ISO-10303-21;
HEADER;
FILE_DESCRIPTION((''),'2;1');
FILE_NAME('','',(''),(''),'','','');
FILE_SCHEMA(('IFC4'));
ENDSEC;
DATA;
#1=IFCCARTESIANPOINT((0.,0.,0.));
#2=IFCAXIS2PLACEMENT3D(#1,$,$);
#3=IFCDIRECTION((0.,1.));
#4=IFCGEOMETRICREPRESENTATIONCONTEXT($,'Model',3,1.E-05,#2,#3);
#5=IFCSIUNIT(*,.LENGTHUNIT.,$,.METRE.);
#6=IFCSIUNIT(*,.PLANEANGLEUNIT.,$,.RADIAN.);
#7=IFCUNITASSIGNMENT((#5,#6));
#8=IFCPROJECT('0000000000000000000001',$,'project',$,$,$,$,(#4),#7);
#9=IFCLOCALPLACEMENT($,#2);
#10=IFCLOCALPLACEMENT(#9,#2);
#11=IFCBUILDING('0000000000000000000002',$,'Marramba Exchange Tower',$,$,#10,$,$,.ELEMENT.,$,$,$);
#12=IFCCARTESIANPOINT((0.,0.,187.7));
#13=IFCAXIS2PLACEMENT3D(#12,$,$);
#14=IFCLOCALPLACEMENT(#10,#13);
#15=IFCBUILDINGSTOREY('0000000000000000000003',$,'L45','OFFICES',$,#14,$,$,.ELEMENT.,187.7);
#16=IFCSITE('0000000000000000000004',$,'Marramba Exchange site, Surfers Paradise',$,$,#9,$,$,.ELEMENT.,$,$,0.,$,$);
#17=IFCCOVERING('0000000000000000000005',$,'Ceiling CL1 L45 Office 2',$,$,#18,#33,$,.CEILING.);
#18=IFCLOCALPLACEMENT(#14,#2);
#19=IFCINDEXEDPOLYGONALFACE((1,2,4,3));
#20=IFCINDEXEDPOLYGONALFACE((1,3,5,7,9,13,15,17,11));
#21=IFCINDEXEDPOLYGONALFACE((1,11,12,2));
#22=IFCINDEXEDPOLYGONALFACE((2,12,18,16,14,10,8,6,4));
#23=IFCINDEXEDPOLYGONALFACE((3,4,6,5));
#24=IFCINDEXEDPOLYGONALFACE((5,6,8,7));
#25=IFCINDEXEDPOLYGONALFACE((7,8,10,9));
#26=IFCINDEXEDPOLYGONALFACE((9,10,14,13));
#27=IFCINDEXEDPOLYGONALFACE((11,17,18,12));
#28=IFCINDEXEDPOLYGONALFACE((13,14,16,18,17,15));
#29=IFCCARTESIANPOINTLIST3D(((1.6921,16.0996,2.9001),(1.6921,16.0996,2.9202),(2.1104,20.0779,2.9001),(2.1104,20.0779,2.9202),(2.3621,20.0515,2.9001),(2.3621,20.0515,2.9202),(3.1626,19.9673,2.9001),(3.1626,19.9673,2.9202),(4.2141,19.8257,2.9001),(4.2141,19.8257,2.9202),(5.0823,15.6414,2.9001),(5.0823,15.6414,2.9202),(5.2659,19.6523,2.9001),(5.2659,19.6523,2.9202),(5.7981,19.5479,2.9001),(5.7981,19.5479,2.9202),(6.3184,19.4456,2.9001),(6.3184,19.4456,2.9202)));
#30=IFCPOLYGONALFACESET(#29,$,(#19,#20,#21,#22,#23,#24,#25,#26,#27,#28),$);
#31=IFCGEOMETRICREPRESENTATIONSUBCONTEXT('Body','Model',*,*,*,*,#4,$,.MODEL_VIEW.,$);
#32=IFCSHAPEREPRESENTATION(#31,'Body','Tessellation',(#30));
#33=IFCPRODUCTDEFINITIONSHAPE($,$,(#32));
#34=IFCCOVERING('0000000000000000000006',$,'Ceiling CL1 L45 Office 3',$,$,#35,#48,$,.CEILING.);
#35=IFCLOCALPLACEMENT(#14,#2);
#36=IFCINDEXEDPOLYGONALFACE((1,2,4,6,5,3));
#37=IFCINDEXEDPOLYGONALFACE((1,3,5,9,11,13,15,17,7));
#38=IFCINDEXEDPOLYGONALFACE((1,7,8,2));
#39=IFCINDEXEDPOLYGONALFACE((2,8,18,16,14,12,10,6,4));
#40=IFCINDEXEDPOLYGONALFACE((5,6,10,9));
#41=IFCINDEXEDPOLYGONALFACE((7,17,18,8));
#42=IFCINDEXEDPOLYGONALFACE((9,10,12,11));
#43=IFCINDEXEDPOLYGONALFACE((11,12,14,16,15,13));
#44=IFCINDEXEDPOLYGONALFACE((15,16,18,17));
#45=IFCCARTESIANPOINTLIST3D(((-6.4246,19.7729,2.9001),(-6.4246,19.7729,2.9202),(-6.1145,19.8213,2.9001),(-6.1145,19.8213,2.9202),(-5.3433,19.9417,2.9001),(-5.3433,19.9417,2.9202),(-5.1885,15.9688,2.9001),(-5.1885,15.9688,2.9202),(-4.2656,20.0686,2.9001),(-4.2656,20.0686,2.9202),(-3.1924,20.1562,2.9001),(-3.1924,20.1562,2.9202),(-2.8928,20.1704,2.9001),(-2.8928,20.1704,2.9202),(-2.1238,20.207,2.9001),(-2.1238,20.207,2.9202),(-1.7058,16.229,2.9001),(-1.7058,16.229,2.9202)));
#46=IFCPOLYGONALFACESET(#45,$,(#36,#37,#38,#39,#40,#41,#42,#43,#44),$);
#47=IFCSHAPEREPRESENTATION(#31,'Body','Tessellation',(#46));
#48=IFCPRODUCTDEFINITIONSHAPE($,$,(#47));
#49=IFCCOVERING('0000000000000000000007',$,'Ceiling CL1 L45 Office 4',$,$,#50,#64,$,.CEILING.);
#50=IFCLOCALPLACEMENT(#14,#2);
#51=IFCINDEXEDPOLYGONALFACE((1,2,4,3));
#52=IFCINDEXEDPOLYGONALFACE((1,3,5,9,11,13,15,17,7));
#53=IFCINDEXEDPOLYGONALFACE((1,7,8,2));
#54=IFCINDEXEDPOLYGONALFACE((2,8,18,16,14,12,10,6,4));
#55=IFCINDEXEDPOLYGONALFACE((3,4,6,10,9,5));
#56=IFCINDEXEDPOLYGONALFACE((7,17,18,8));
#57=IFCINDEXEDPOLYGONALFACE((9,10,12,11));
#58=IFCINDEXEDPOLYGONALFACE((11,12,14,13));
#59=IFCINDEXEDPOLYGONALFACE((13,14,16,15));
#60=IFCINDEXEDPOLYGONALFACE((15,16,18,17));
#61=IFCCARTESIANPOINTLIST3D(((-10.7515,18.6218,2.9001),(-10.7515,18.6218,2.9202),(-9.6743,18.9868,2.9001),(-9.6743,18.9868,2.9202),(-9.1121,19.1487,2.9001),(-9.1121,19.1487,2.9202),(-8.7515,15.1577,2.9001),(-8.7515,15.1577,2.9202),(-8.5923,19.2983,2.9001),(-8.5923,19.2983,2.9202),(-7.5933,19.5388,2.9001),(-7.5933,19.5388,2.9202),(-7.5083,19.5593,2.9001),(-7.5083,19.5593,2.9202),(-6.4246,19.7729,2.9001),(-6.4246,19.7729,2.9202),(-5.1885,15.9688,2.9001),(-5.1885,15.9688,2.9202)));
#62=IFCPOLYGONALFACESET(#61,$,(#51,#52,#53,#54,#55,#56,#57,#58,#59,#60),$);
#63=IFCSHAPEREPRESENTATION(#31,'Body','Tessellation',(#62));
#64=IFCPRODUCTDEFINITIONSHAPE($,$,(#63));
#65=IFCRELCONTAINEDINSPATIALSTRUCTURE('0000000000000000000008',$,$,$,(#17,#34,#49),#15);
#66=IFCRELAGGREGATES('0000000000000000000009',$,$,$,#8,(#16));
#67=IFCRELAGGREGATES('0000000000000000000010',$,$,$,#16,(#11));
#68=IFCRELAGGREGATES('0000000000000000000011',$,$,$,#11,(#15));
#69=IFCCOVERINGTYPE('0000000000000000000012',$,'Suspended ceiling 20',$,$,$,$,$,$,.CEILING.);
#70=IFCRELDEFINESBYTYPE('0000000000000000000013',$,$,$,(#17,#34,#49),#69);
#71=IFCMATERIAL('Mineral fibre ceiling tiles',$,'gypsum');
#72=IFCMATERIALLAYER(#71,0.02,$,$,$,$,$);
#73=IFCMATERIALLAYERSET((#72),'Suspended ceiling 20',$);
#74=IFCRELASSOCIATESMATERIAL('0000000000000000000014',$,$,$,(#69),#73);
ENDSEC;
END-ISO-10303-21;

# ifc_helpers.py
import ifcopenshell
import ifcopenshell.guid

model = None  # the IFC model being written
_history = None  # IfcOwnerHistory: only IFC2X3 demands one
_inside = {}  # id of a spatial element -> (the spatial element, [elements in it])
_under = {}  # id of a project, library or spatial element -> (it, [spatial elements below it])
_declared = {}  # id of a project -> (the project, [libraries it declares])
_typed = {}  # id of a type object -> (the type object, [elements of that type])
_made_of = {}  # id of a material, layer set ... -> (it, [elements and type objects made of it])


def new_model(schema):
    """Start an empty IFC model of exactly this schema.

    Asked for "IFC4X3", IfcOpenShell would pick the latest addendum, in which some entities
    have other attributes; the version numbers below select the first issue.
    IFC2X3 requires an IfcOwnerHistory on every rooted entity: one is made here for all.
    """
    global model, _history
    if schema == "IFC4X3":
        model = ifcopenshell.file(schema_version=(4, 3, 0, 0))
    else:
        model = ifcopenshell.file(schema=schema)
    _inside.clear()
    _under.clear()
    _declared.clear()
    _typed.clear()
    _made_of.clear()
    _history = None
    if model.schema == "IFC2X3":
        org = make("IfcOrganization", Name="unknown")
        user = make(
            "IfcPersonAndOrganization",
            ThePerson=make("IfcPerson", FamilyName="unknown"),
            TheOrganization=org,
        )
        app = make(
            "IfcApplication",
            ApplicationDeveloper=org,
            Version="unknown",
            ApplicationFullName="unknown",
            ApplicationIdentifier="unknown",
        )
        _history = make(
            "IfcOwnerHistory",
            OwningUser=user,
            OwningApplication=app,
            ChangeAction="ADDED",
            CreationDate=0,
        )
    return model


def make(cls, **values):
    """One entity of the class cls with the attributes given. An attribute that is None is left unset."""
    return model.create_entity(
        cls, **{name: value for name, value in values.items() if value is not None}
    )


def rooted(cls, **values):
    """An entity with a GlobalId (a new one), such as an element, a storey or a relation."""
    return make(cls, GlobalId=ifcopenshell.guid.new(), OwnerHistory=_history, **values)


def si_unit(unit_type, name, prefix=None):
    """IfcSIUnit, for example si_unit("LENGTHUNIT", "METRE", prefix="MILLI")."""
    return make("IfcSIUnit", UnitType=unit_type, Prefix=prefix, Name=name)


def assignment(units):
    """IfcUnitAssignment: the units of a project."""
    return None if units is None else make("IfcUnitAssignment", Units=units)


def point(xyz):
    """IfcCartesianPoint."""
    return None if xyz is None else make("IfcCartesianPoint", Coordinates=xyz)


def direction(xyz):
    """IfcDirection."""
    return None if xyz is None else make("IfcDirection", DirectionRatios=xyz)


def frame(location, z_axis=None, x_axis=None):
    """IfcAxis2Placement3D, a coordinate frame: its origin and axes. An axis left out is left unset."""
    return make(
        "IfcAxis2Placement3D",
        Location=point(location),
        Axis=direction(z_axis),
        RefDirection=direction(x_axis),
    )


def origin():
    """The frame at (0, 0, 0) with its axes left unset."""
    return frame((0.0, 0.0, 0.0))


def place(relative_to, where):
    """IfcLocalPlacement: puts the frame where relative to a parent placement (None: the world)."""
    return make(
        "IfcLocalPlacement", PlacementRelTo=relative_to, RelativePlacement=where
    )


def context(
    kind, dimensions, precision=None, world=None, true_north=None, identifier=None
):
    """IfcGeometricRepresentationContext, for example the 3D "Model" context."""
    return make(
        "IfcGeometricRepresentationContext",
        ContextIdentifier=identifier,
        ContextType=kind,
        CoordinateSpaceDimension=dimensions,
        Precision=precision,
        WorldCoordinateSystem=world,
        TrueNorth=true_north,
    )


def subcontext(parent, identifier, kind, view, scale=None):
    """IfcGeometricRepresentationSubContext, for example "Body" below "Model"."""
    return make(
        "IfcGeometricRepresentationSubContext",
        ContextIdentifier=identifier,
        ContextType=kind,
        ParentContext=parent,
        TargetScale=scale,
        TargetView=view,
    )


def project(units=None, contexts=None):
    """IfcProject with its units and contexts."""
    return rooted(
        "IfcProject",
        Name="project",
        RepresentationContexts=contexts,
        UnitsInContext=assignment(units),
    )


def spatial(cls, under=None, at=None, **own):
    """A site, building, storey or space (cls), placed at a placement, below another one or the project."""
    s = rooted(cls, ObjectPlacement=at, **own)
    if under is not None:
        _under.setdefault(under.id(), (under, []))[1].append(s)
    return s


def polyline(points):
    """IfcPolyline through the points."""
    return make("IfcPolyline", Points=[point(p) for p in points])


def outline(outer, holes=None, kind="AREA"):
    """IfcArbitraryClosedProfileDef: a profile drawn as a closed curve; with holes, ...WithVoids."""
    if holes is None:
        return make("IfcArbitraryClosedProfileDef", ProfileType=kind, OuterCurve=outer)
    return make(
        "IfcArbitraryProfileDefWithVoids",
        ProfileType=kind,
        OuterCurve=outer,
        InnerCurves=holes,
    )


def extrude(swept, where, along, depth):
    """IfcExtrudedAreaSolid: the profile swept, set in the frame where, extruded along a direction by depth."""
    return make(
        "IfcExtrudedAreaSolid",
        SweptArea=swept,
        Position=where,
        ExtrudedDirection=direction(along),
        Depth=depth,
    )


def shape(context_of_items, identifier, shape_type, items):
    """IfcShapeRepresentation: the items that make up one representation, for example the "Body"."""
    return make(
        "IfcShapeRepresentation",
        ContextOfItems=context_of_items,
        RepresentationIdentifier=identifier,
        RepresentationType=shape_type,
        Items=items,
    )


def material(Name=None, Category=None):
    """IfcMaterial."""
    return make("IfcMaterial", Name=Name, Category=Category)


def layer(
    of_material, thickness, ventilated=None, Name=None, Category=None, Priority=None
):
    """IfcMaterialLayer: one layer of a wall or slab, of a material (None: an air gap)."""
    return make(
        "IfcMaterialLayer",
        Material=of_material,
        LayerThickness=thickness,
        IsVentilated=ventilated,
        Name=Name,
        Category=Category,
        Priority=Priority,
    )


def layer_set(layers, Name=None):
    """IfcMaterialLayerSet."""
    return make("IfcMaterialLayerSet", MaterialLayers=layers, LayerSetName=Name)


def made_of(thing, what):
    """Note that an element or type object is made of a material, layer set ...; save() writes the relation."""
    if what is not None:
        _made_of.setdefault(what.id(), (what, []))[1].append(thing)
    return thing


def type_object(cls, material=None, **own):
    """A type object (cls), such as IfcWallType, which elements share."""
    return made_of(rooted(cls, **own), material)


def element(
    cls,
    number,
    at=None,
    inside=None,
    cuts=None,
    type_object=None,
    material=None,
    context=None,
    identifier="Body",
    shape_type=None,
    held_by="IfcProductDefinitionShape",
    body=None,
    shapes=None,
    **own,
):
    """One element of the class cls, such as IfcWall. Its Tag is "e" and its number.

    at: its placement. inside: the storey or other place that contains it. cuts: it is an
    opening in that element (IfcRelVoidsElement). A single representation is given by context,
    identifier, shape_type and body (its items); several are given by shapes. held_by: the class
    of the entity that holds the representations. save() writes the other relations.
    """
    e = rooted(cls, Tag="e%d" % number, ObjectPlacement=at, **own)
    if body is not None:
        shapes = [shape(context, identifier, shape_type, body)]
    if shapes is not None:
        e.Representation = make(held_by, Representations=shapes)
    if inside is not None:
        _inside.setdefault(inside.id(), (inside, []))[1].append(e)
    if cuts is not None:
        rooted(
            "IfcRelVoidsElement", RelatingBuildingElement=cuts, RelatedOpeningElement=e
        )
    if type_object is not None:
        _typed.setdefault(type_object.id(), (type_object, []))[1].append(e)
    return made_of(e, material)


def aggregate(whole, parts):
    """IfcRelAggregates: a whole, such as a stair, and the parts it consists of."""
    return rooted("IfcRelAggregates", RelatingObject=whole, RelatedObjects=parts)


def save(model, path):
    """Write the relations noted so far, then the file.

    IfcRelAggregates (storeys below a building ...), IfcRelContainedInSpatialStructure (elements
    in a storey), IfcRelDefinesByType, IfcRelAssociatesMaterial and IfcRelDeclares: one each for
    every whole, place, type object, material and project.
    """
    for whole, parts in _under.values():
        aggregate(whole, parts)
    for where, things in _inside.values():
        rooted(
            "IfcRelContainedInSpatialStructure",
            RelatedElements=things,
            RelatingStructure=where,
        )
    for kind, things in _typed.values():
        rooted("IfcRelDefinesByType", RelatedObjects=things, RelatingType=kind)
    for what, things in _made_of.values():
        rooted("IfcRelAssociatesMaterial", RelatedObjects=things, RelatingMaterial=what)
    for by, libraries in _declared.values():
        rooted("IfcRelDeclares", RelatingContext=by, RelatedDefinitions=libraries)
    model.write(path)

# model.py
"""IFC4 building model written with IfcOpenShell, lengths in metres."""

from ifc_helpers import new_model, si_unit, direction, frame, origin, place, context, subcontext, project, spatial, polyline, outline, extrude, material, layer, layer_set, type_object, element, save


model = new_model("IFC4")

# Units and contexts
model_context = context("Model", 3, precision=1e-05, world=origin(), true_north=direction((0.0, 1.0)))
body_context = subcontext(model_context, "Body", "Model", "MODEL_VIEW")
ifc_project = project(units=[si_unit("LENGTHUNIT", "METRE"), si_unit("PLANEANGLEUNIT", "RADIAN")], contexts=[model_context])

# Site, building, storey
site_placement = place(None, origin())
site = spatial("IfcSite", under=ifc_project, at=site_placement, Name="Marramba Exchange site, Surfers Paradise", CompositionType="ELEMENT", RefElevation=0.0)
building_placement = place(site_placement, origin())
building = spatial("IfcBuilding", under=site, at=building_placement, Name="Marramba Exchange Tower", CompositionType="ELEMENT")
storey_placement = place(building_placement, frame((0.0, 0.0, 187.7)))
storey = spatial("IfcBuildingStorey", under=building, at=storey_placement, Name="L45", Description="OFFICES", CompositionType="ELEMENT", Elevation=187.7)

# Coverings
ifc_material_1 = material(Name="Mineral fibre ceiling tiles", Category="gypsum")
ifc_layer_1 = layer(ifc_material_1, 0.02)
ifc_layer_set_1 = layer_set([ifc_layer_1], Name="Suspended ceiling 20")
covering_type = type_object("IfcCoveringType", Name="Suspended ceiling 20", PredefinedType="CEILING", material=ifc_layer_set_1)
covering_1_placement = place(storey_placement, frame((0.0, 0.0, 2.9001)))
element("IfcCovering", 1, at=covering_1_placement, inside=storey, type_object=covering_type, Name="Ceiling CL1 L45 Office 2", PredefinedType="CEILING", context=body_context, shape_type="SweptSolid", body=[
    extrude(outline(polyline([(2.3621, 20.0515), (3.1626, 19.9673), (4.2141, 19.8257), (5.2659, 19.6523), (5.7981, 19.5479), (6.3184, 19.4456), (5.0823, 15.6414), (1.6921, 16.0996), (2.1104, 20.0779), (2.3621, 20.0515)])), origin(), (0.0, 0.0, 1.0), 0.02),
])
covering_2_placement = place(storey_placement, frame((0.0, 0.0, 2.9001)))
element("IfcCovering", 2, at=covering_2_placement, inside=storey, type_object=covering_type, Name="Ceiling CL1 L45 Office 3", PredefinedType="CEILING", context=body_context, shape_type="SweptSolid", body=[
    extrude(outline(polyline([(-6.1145, 19.8213), (-5.3433, 19.9417), (-4.2656, 20.0686), (-3.1924, 20.1562), (-2.8928, 20.1704), (-2.1238, 20.207), (-1.7058, 16.229), (-5.1885, 15.9688), (-6.4246, 19.7729), (-6.1145, 19.8213)])), origin(), (0.0, 0.0, 1.0), 0.02),
])
covering_3_placement = place(storey_placement, frame((0.0, 0.0, 2.9001)))
element("IfcCovering", 3, at=covering_3_placement, inside=storey, type_object=covering_type, Name="Ceiling CL1 L45 Office 4", PredefinedType="CEILING", context=body_context, shape_type="SweptSolid", body=[
    extrude(outline(polyline([(-9.6743, 18.9868), (-9.1121, 19.1487), (-8.5923, 19.2983), (-7.5933, 19.5388), (-7.5083, 19.5593), (-6.4246, 19.7729), (-5.1885, 15.9688), (-8.7515, 15.1577), (-10.7515, 18.6218), (-9.6743, 18.9868)])), origin(), (0.0, 0.0, 1.0), 0.02),
])

save(model, "model.ifc")
